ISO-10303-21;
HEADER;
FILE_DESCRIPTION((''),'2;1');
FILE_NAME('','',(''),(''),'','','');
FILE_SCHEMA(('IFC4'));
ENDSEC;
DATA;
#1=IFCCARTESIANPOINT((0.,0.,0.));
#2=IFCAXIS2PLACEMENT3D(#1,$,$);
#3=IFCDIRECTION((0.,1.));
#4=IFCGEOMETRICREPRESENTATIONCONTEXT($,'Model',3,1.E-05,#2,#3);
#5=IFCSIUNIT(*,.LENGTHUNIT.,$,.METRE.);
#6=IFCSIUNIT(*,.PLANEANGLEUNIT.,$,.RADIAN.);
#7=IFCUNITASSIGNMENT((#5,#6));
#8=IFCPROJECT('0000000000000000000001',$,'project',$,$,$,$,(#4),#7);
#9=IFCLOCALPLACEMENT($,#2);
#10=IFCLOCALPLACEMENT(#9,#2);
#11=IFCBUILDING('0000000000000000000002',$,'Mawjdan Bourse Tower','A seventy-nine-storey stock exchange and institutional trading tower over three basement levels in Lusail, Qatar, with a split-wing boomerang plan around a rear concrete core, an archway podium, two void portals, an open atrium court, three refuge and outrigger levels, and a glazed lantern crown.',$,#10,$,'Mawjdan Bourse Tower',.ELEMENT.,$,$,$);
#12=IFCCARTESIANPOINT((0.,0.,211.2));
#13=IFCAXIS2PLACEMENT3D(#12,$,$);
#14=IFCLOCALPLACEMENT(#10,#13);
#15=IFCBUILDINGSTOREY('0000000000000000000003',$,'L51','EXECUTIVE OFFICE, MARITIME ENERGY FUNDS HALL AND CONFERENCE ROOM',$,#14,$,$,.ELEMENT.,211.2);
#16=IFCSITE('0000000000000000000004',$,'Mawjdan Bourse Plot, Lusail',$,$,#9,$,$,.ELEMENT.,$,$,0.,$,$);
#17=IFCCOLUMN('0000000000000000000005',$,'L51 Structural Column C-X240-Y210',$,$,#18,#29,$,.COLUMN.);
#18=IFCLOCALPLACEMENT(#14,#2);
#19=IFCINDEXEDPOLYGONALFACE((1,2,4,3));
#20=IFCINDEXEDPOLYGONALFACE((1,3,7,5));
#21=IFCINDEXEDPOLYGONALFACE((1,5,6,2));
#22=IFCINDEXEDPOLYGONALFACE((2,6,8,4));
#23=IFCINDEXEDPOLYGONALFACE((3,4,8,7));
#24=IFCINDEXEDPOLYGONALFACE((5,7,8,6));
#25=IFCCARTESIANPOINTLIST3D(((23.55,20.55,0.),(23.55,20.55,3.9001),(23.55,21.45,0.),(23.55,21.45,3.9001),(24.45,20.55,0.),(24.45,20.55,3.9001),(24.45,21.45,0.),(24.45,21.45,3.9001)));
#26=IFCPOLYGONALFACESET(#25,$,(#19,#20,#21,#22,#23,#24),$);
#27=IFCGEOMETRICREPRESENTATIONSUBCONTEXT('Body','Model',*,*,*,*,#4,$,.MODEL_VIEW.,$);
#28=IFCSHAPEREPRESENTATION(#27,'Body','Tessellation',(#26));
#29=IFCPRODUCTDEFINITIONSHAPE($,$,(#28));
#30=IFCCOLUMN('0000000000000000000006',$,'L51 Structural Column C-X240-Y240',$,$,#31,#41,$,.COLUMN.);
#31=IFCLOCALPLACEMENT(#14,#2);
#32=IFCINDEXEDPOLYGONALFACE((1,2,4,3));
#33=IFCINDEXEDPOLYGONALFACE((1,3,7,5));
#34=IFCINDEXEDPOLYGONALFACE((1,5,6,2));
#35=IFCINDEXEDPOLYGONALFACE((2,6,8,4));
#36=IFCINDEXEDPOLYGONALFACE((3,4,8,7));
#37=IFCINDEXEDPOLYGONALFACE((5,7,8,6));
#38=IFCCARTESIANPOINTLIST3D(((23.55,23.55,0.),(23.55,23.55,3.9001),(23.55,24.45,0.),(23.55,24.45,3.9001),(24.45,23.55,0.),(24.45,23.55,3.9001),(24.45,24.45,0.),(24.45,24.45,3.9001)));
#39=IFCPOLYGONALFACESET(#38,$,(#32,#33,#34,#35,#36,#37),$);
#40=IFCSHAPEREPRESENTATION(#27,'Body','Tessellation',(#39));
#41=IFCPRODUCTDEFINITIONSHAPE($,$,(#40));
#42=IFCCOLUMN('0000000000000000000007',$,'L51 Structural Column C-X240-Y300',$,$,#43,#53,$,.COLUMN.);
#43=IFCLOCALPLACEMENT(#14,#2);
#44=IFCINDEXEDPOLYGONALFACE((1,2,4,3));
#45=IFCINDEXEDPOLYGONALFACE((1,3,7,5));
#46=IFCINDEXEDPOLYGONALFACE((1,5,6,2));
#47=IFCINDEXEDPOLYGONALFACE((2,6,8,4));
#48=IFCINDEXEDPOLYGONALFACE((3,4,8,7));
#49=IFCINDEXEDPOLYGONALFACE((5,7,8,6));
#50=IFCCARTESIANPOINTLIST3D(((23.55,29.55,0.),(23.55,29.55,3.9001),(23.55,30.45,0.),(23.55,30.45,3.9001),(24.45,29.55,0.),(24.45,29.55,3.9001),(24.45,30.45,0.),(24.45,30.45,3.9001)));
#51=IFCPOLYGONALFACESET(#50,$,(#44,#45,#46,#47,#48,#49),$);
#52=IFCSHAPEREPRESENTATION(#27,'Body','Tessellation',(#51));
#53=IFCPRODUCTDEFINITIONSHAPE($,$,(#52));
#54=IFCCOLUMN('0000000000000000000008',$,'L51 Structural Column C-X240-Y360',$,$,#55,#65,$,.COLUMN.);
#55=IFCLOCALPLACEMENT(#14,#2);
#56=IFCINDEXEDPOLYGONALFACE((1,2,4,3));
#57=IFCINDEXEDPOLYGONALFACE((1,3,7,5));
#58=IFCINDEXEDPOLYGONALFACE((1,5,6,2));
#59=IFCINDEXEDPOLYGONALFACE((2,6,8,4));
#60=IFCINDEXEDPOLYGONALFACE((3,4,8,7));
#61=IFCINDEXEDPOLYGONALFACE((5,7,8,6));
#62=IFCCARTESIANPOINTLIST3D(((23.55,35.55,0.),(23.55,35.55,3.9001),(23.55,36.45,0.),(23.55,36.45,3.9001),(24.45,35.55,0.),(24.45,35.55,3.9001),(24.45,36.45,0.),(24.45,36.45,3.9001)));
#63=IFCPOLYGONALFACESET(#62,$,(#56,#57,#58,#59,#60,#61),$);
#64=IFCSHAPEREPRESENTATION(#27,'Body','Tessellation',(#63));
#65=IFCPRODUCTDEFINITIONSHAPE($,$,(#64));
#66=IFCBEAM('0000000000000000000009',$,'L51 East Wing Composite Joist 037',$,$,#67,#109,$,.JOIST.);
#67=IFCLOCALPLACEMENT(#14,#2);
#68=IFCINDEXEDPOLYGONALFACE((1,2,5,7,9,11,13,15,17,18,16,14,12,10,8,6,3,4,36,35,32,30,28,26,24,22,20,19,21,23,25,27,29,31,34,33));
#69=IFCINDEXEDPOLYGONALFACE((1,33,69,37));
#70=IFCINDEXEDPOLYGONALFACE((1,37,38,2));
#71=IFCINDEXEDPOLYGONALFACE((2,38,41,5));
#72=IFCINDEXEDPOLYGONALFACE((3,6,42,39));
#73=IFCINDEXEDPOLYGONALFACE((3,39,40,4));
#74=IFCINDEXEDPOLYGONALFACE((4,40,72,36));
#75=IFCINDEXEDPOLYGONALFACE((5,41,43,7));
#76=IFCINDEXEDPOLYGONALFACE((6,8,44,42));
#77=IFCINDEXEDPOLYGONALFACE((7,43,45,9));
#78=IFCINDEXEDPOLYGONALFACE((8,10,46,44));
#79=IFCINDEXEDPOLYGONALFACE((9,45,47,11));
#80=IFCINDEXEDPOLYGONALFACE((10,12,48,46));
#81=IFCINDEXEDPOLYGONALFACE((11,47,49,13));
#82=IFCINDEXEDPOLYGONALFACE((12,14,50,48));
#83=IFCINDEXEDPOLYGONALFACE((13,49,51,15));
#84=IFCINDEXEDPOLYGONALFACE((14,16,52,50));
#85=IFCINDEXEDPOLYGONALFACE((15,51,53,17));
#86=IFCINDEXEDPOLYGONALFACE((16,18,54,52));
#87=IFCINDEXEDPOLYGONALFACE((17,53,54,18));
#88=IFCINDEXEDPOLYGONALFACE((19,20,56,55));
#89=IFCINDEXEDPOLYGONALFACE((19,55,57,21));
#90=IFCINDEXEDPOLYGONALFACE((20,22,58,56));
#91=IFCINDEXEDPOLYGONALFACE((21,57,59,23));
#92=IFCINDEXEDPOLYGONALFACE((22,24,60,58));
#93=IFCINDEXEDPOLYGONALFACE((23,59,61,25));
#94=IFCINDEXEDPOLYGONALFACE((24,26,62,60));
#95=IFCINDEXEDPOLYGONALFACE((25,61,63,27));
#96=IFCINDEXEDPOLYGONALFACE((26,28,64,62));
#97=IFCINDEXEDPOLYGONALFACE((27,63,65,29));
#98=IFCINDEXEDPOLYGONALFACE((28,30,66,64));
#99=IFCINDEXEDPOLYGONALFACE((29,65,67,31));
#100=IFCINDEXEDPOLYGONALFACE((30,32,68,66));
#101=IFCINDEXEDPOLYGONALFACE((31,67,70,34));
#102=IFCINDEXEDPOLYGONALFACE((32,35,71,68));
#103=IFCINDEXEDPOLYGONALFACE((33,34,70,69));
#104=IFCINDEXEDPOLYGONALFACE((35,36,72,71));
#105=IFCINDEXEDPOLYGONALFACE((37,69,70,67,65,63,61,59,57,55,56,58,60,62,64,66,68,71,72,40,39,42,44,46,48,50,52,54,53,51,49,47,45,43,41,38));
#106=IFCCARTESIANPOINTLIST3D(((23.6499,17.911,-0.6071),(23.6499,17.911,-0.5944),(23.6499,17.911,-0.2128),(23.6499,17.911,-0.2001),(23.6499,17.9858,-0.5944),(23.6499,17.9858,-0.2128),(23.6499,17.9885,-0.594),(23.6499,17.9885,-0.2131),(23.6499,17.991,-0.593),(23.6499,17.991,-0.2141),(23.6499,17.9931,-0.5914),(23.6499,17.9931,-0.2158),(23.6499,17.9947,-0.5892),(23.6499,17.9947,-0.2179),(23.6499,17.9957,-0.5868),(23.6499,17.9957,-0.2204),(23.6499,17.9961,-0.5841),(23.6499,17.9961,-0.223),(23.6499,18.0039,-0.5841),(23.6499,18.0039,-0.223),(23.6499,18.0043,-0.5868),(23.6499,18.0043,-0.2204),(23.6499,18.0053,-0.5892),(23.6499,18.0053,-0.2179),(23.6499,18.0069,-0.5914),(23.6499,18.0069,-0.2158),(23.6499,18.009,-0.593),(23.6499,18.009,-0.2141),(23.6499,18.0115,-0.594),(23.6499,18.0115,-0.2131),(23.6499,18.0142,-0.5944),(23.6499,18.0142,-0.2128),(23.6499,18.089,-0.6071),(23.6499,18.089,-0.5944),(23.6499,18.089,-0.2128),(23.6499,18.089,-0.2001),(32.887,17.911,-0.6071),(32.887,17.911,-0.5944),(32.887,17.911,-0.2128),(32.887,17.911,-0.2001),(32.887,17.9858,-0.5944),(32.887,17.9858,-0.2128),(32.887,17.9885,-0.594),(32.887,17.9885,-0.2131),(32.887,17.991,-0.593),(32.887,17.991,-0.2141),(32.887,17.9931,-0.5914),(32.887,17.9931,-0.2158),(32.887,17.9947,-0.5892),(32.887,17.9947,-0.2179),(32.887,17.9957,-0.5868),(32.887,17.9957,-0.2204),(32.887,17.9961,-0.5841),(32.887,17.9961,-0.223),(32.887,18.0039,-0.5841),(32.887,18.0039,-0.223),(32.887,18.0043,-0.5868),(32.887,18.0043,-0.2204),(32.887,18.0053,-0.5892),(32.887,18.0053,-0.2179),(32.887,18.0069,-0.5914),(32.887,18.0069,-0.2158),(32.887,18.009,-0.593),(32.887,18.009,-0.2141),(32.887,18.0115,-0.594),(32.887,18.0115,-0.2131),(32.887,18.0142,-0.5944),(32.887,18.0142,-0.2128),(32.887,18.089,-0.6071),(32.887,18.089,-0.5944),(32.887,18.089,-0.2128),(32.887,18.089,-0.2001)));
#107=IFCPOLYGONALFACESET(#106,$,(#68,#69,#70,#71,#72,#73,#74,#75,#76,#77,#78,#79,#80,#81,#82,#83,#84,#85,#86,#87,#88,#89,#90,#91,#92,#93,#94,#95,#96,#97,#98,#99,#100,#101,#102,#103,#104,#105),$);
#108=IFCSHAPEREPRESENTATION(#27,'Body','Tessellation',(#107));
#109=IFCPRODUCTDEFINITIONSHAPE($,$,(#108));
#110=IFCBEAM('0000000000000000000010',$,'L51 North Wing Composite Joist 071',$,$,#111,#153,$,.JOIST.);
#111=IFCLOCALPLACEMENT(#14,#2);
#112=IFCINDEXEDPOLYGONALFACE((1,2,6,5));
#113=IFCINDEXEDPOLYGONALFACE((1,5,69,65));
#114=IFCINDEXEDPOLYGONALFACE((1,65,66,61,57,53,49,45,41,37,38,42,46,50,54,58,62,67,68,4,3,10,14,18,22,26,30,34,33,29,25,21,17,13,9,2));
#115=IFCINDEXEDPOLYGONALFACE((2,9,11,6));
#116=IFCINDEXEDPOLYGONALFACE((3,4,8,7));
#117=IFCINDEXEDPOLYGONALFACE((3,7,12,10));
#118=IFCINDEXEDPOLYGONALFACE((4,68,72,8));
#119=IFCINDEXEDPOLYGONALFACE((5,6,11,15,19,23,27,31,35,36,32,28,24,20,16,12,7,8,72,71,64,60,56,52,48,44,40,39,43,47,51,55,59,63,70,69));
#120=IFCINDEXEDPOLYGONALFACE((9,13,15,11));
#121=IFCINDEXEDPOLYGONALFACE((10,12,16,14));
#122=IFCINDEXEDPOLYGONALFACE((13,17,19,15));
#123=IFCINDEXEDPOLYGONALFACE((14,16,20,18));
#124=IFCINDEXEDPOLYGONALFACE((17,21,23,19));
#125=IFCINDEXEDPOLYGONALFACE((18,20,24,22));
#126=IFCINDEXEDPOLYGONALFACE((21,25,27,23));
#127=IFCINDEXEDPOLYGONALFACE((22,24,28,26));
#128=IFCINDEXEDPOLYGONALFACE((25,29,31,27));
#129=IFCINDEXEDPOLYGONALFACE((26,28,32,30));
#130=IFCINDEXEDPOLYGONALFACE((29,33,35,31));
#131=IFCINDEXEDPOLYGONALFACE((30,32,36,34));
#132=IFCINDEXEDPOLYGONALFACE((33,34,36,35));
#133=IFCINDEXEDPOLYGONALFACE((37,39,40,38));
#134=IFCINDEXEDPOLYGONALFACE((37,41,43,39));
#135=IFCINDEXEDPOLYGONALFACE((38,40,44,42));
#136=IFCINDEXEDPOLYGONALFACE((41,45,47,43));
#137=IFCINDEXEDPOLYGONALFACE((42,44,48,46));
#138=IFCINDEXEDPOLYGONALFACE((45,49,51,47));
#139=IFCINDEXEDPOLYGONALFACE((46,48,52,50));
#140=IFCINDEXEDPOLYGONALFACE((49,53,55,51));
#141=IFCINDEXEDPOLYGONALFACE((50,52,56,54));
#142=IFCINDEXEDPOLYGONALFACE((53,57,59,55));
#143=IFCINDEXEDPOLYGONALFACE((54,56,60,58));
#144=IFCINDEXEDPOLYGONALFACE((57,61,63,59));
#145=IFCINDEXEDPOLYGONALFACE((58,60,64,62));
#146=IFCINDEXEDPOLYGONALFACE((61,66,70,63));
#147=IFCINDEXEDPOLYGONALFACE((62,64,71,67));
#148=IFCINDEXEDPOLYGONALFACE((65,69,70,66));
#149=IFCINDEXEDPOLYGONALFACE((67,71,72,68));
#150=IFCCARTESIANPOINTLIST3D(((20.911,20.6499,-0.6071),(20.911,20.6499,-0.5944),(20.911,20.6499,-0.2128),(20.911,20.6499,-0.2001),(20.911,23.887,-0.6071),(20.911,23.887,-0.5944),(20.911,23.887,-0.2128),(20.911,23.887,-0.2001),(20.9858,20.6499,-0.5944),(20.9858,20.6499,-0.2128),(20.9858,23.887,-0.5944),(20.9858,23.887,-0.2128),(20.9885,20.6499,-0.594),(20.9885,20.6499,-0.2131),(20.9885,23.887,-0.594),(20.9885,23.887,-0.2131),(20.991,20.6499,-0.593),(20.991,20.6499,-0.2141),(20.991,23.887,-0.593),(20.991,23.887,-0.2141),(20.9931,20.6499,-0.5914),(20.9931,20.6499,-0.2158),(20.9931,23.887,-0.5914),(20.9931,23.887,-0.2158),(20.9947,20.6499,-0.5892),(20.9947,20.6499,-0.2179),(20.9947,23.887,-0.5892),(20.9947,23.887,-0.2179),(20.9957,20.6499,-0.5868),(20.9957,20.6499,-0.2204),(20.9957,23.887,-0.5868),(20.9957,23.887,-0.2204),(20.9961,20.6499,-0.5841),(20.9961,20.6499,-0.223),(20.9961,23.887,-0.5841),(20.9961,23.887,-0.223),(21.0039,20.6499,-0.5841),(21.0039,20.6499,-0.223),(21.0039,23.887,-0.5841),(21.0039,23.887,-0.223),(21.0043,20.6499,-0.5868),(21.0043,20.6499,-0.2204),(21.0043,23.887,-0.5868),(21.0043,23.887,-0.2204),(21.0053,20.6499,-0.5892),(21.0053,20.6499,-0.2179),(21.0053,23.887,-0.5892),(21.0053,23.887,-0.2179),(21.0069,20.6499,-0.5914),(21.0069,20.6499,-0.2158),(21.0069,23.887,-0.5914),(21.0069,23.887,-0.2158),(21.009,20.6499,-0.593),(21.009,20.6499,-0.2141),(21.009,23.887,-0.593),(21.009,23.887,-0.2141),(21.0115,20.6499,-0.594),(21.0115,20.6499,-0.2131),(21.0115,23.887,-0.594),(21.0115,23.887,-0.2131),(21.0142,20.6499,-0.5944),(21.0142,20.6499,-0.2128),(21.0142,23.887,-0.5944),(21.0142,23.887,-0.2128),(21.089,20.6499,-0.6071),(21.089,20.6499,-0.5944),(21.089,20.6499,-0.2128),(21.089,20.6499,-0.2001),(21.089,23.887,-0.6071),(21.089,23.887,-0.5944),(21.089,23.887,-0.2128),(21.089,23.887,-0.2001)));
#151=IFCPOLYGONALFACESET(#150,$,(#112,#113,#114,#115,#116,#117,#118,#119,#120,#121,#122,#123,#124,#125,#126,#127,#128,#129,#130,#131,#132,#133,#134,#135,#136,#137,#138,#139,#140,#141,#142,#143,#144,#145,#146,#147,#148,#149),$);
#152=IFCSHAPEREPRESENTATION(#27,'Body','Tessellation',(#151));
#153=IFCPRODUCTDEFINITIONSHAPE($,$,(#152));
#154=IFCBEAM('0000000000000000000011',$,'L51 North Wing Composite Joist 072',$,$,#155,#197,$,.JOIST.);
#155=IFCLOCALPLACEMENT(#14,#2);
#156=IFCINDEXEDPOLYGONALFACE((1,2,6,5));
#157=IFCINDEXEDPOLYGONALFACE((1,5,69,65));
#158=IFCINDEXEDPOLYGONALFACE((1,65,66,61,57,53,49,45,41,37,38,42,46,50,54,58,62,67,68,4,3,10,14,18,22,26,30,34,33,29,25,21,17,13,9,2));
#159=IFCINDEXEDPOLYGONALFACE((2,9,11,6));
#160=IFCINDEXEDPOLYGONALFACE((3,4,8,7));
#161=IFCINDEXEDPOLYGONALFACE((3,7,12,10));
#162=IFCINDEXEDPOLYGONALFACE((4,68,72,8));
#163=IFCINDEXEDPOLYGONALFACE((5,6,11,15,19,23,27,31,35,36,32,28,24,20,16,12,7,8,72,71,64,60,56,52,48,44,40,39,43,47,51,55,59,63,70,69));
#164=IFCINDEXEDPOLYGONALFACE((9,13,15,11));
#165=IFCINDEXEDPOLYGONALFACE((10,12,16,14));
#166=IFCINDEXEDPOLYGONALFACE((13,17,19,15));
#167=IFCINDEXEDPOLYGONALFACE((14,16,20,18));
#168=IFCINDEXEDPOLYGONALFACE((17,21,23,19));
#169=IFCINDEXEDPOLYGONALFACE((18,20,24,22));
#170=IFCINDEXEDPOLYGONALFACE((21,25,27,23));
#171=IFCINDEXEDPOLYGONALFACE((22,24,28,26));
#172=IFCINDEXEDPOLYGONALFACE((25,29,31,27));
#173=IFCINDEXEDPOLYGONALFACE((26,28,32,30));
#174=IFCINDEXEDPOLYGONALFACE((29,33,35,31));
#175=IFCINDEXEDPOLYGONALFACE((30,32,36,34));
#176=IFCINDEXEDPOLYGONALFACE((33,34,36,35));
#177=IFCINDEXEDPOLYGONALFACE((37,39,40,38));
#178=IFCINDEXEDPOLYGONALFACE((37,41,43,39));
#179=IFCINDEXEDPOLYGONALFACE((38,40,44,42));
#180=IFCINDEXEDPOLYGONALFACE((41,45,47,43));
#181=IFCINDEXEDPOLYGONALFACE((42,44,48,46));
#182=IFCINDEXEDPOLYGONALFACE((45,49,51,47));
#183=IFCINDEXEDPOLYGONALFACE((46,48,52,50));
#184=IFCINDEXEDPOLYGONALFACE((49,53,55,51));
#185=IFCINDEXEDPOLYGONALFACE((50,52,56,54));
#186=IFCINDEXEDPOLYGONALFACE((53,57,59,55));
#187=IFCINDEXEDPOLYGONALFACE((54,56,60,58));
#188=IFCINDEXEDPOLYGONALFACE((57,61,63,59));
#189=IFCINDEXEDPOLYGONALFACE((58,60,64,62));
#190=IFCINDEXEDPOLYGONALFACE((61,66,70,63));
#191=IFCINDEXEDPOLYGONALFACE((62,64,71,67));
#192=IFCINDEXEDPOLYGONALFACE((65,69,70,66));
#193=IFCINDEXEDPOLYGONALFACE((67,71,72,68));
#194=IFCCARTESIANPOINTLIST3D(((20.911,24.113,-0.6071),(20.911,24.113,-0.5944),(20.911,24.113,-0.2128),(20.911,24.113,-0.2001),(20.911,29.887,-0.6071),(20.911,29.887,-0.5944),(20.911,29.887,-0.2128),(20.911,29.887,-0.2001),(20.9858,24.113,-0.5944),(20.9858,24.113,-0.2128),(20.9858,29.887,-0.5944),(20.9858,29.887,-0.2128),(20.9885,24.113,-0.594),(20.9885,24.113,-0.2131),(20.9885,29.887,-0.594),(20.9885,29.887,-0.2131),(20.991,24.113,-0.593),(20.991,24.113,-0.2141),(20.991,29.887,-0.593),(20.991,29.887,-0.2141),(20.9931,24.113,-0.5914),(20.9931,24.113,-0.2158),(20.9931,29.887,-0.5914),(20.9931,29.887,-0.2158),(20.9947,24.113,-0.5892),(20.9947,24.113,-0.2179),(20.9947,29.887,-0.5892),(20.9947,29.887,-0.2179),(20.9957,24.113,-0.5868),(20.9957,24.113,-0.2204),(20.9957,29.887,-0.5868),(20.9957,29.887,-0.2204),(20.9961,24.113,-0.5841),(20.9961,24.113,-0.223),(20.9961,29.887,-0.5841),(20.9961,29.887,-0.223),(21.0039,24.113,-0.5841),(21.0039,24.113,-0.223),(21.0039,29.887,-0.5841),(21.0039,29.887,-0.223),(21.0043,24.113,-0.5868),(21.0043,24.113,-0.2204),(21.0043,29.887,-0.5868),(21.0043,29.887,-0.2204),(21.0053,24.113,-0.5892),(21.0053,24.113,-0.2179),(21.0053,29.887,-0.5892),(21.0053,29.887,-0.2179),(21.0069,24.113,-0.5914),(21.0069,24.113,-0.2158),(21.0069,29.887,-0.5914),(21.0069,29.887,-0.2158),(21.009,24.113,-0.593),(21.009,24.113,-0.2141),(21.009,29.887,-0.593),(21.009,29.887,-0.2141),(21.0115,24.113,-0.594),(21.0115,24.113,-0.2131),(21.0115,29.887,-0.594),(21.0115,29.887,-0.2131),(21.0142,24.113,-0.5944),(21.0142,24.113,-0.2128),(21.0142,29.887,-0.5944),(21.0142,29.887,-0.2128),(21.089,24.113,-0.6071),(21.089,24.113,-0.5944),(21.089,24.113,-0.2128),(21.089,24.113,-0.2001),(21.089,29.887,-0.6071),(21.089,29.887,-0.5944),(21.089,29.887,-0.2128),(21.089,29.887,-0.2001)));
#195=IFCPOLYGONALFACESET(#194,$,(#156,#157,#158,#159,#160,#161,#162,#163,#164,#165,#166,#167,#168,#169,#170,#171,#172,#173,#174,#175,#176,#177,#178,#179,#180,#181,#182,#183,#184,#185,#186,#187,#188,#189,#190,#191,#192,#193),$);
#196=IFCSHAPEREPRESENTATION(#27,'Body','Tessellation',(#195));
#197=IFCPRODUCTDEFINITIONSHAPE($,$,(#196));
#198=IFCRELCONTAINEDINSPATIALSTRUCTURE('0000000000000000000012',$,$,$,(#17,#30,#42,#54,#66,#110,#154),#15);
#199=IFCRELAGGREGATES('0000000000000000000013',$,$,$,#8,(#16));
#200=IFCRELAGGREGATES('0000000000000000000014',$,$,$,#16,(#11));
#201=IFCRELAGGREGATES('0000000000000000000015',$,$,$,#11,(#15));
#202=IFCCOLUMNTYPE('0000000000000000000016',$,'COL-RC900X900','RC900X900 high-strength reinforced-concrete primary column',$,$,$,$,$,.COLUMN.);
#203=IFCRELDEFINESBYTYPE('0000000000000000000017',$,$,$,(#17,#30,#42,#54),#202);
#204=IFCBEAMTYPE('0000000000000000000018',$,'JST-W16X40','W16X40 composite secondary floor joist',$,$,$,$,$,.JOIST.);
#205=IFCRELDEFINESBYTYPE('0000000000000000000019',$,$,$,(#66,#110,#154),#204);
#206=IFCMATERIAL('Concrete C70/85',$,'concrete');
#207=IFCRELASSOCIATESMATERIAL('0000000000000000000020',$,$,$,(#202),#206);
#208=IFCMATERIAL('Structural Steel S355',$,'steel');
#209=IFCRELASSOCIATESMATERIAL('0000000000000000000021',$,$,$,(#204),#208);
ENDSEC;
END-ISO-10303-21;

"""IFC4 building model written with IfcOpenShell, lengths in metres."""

from ifc_helpers import new_model, si_unit, direction, frame, origin, origin_2d, place, context, subcontext, project, spatial, rectangle, i_section, extrude, material, material_profile, profile_set, type_object, element, save


model = new_model("IFC4")

# Units and contexts
model_context = context("Model", 3, precision=1e-05, world=origin(), true_north=direction((0.0, 1.0)))
body_context = subcontext(model_context, "Body", "Model", "MODEL_VIEW")
ifc_project = project(units=[si_unit("LENGTHUNIT", "METRE"), si_unit("PLANEANGLEUNIT", "RADIAN")], contexts=[model_context])

# Site, building, storey
site_placement = place(None, origin())
site = spatial("IfcSite", under=ifc_project, at=site_placement, Name="Mawjdan Bourse Plot, Lusail", CompositionType="ELEMENT", RefElevation=0.0)
building_placement = place(site_placement, origin())
building = spatial("IfcBuilding", under=site, at=building_placement, Name="Mawjdan Bourse Tower", Description="A seventy-nine-storey stock exchange and institutional trading tower over three basement levels in Lusail, Qatar, with a split-wing boomerang plan around a rear concrete core, an archway podium, two void portals, an open atrium court, three refuge and outrigger levels, and a glazed lantern crown.", LongName="Mawjdan Bourse Tower", CompositionType="ELEMENT")
storey_placement = place(building_placement, frame((0.0, 0.0, 211.2)))
storey = spatial("IfcBuildingStorey", under=building, at=storey_placement, Name="L51", Description="EXECUTIVE OFFICE, MARITIME ENERGY FUNDS HALL AND CONFERENCE ROOM", CompositionType="ELEMENT", Elevation=211.2)

# Columns
ifc_material_1 = material(Name="Concrete C70/85", Category="concrete")
ifc_material_profile_1 = material_profile(ifc_material_1, rectangle(XDim=0.8999, YDim=0.8999, at=origin_2d()), Name="RC900X900")
ifc_profile_set_1 = profile_set([ifc_material_profile_1], Name="Concrete C70/85")
column_type = type_object("IfcColumnType", Name="COL-RC900X900", Description="RC900X900 high-strength reinforced-concrete primary column", PredefinedType="COLUMN", material=ifc_profile_set_1)
for number, where, z_axis, x_axis, name in (
    (1, (24.0, 21.0, 0.0), (0.0, 0.0, 1.0), (1.0, 0.0, 0.0), "L51 Structural Column C-X240-Y210"),
    (2, (24.0, 24.0, 0.0), (0.0, 0.0, 1.0), (1.0, 0.0, 0.0), "L51 Structural Column C-X240-Y240"),
    (3, (24.0, 30.0, 0.0), (0.0, 0.0, 1.0), (1.0, 0.0, 0.0), "L51 Structural Column C-X240-Y300"),
    (4, (24.0, 36.0, 0.0), (0.0, 0.0, 1.0), (1.0, 0.0, 0.0), "L51 Structural Column C-X240-Y360"),
):
    element("IfcColumn", number, at=place(storey_placement, frame(where, z_axis=z_axis, x_axis=x_axis)), inside=storey, type_object=column_type, Name=name, PredefinedType="COLUMN", context=body_context, shape_type="SweptSolid", body=[
        extrude(rectangle(XDim=0.8999, YDim=0.8999, at=origin_2d()), origin(), (0.0, 0.0, 1.0), 3.9001),
    ])

# Beams
ifc_material_2 = material(Name="Structural Steel S355", Category="steel")
ifc_material_profile_2 = material_profile(ifc_material_2, i_section(OverallWidth=0.178, OverallDepth=0.407, WebThickness=0.0078, FlangeThickness=0.0127, FilletRadius=0.0103, at=origin_2d()), Name="W16X40")
ifc_profile_set_2 = profile_set([ifc_material_profile_2], Name="Structural Steel S355")
beam_type_1 = type_object("IfcBeamType", Name="JST-W16X40", Description="W16X40 composite secondary floor joist", PredefinedType="JOIST", material=ifc_profile_set_2)
beam_1_placement = place(storey_placement, frame((23.6499, 18.0, -0.4036), z_axis=(1.0, 0.0, 0.0), x_axis=(0.0, 1.0, 0.0)))
element("IfcBeam", 5, at=beam_1_placement, inside=storey, type_object=beam_type_1, Name="L51 East Wing Composite Joist 037", PredefinedType="JOIST", context=body_context, shape_type="SweptSolid", body=[
    extrude(i_section(OverallWidth=0.178, OverallDepth=0.407, WebThickness=0.0078, FlangeThickness=0.0127, FilletRadius=0.0103, at=origin_2d()), origin(), (0.0, 0.0, 1.0), 9.2371),
])
beam_2_placement = place(storey_placement, frame((21.0, 20.6499, -0.4036), z_axis=(0.0, 1.0, 0.0), x_axis=(-1.0, 0.0, 0.0)))
element("IfcBeam", 6, at=beam_2_placement, inside=storey, type_object=beam_type_1, Name="L51 North Wing Composite Joist 071", PredefinedType="JOIST", context=body_context, shape_type="SweptSolid", body=[
    extrude(i_section(OverallWidth=0.178, OverallDepth=0.407, WebThickness=0.0078, FlangeThickness=0.0127, FilletRadius=0.0103, at=origin_2d()), origin(), (0.0, 0.0, 1.0), 3.2371),
])
for number, where, z_axis, x_axis, name in (
    (7, (21.0, 24.113, -0.4036), (0.0, 1.0, 0.0), (-1.0, 0.0, 0.0), "L51 North Wing Composite Joist 072"),
):
    element("IfcBeam", number, at=place(storey_placement, frame(where, z_axis=z_axis, x_axis=x_axis)), inside=storey, type_object=beam_type_1, Name=name, PredefinedType="JOIST", context=body_context, shape_type="SweptSolid", body=[
        extrude(i_section(OverallWidth=0.178, OverallDepth=0.407, WebThickness=0.0078, FlangeThickness=0.0127, FilletRadius=0.0103, at=origin_2d()), origin(), (0.0, 0.0, 1.0), 5.7739),
    ])

save(model, "model.ifc")
